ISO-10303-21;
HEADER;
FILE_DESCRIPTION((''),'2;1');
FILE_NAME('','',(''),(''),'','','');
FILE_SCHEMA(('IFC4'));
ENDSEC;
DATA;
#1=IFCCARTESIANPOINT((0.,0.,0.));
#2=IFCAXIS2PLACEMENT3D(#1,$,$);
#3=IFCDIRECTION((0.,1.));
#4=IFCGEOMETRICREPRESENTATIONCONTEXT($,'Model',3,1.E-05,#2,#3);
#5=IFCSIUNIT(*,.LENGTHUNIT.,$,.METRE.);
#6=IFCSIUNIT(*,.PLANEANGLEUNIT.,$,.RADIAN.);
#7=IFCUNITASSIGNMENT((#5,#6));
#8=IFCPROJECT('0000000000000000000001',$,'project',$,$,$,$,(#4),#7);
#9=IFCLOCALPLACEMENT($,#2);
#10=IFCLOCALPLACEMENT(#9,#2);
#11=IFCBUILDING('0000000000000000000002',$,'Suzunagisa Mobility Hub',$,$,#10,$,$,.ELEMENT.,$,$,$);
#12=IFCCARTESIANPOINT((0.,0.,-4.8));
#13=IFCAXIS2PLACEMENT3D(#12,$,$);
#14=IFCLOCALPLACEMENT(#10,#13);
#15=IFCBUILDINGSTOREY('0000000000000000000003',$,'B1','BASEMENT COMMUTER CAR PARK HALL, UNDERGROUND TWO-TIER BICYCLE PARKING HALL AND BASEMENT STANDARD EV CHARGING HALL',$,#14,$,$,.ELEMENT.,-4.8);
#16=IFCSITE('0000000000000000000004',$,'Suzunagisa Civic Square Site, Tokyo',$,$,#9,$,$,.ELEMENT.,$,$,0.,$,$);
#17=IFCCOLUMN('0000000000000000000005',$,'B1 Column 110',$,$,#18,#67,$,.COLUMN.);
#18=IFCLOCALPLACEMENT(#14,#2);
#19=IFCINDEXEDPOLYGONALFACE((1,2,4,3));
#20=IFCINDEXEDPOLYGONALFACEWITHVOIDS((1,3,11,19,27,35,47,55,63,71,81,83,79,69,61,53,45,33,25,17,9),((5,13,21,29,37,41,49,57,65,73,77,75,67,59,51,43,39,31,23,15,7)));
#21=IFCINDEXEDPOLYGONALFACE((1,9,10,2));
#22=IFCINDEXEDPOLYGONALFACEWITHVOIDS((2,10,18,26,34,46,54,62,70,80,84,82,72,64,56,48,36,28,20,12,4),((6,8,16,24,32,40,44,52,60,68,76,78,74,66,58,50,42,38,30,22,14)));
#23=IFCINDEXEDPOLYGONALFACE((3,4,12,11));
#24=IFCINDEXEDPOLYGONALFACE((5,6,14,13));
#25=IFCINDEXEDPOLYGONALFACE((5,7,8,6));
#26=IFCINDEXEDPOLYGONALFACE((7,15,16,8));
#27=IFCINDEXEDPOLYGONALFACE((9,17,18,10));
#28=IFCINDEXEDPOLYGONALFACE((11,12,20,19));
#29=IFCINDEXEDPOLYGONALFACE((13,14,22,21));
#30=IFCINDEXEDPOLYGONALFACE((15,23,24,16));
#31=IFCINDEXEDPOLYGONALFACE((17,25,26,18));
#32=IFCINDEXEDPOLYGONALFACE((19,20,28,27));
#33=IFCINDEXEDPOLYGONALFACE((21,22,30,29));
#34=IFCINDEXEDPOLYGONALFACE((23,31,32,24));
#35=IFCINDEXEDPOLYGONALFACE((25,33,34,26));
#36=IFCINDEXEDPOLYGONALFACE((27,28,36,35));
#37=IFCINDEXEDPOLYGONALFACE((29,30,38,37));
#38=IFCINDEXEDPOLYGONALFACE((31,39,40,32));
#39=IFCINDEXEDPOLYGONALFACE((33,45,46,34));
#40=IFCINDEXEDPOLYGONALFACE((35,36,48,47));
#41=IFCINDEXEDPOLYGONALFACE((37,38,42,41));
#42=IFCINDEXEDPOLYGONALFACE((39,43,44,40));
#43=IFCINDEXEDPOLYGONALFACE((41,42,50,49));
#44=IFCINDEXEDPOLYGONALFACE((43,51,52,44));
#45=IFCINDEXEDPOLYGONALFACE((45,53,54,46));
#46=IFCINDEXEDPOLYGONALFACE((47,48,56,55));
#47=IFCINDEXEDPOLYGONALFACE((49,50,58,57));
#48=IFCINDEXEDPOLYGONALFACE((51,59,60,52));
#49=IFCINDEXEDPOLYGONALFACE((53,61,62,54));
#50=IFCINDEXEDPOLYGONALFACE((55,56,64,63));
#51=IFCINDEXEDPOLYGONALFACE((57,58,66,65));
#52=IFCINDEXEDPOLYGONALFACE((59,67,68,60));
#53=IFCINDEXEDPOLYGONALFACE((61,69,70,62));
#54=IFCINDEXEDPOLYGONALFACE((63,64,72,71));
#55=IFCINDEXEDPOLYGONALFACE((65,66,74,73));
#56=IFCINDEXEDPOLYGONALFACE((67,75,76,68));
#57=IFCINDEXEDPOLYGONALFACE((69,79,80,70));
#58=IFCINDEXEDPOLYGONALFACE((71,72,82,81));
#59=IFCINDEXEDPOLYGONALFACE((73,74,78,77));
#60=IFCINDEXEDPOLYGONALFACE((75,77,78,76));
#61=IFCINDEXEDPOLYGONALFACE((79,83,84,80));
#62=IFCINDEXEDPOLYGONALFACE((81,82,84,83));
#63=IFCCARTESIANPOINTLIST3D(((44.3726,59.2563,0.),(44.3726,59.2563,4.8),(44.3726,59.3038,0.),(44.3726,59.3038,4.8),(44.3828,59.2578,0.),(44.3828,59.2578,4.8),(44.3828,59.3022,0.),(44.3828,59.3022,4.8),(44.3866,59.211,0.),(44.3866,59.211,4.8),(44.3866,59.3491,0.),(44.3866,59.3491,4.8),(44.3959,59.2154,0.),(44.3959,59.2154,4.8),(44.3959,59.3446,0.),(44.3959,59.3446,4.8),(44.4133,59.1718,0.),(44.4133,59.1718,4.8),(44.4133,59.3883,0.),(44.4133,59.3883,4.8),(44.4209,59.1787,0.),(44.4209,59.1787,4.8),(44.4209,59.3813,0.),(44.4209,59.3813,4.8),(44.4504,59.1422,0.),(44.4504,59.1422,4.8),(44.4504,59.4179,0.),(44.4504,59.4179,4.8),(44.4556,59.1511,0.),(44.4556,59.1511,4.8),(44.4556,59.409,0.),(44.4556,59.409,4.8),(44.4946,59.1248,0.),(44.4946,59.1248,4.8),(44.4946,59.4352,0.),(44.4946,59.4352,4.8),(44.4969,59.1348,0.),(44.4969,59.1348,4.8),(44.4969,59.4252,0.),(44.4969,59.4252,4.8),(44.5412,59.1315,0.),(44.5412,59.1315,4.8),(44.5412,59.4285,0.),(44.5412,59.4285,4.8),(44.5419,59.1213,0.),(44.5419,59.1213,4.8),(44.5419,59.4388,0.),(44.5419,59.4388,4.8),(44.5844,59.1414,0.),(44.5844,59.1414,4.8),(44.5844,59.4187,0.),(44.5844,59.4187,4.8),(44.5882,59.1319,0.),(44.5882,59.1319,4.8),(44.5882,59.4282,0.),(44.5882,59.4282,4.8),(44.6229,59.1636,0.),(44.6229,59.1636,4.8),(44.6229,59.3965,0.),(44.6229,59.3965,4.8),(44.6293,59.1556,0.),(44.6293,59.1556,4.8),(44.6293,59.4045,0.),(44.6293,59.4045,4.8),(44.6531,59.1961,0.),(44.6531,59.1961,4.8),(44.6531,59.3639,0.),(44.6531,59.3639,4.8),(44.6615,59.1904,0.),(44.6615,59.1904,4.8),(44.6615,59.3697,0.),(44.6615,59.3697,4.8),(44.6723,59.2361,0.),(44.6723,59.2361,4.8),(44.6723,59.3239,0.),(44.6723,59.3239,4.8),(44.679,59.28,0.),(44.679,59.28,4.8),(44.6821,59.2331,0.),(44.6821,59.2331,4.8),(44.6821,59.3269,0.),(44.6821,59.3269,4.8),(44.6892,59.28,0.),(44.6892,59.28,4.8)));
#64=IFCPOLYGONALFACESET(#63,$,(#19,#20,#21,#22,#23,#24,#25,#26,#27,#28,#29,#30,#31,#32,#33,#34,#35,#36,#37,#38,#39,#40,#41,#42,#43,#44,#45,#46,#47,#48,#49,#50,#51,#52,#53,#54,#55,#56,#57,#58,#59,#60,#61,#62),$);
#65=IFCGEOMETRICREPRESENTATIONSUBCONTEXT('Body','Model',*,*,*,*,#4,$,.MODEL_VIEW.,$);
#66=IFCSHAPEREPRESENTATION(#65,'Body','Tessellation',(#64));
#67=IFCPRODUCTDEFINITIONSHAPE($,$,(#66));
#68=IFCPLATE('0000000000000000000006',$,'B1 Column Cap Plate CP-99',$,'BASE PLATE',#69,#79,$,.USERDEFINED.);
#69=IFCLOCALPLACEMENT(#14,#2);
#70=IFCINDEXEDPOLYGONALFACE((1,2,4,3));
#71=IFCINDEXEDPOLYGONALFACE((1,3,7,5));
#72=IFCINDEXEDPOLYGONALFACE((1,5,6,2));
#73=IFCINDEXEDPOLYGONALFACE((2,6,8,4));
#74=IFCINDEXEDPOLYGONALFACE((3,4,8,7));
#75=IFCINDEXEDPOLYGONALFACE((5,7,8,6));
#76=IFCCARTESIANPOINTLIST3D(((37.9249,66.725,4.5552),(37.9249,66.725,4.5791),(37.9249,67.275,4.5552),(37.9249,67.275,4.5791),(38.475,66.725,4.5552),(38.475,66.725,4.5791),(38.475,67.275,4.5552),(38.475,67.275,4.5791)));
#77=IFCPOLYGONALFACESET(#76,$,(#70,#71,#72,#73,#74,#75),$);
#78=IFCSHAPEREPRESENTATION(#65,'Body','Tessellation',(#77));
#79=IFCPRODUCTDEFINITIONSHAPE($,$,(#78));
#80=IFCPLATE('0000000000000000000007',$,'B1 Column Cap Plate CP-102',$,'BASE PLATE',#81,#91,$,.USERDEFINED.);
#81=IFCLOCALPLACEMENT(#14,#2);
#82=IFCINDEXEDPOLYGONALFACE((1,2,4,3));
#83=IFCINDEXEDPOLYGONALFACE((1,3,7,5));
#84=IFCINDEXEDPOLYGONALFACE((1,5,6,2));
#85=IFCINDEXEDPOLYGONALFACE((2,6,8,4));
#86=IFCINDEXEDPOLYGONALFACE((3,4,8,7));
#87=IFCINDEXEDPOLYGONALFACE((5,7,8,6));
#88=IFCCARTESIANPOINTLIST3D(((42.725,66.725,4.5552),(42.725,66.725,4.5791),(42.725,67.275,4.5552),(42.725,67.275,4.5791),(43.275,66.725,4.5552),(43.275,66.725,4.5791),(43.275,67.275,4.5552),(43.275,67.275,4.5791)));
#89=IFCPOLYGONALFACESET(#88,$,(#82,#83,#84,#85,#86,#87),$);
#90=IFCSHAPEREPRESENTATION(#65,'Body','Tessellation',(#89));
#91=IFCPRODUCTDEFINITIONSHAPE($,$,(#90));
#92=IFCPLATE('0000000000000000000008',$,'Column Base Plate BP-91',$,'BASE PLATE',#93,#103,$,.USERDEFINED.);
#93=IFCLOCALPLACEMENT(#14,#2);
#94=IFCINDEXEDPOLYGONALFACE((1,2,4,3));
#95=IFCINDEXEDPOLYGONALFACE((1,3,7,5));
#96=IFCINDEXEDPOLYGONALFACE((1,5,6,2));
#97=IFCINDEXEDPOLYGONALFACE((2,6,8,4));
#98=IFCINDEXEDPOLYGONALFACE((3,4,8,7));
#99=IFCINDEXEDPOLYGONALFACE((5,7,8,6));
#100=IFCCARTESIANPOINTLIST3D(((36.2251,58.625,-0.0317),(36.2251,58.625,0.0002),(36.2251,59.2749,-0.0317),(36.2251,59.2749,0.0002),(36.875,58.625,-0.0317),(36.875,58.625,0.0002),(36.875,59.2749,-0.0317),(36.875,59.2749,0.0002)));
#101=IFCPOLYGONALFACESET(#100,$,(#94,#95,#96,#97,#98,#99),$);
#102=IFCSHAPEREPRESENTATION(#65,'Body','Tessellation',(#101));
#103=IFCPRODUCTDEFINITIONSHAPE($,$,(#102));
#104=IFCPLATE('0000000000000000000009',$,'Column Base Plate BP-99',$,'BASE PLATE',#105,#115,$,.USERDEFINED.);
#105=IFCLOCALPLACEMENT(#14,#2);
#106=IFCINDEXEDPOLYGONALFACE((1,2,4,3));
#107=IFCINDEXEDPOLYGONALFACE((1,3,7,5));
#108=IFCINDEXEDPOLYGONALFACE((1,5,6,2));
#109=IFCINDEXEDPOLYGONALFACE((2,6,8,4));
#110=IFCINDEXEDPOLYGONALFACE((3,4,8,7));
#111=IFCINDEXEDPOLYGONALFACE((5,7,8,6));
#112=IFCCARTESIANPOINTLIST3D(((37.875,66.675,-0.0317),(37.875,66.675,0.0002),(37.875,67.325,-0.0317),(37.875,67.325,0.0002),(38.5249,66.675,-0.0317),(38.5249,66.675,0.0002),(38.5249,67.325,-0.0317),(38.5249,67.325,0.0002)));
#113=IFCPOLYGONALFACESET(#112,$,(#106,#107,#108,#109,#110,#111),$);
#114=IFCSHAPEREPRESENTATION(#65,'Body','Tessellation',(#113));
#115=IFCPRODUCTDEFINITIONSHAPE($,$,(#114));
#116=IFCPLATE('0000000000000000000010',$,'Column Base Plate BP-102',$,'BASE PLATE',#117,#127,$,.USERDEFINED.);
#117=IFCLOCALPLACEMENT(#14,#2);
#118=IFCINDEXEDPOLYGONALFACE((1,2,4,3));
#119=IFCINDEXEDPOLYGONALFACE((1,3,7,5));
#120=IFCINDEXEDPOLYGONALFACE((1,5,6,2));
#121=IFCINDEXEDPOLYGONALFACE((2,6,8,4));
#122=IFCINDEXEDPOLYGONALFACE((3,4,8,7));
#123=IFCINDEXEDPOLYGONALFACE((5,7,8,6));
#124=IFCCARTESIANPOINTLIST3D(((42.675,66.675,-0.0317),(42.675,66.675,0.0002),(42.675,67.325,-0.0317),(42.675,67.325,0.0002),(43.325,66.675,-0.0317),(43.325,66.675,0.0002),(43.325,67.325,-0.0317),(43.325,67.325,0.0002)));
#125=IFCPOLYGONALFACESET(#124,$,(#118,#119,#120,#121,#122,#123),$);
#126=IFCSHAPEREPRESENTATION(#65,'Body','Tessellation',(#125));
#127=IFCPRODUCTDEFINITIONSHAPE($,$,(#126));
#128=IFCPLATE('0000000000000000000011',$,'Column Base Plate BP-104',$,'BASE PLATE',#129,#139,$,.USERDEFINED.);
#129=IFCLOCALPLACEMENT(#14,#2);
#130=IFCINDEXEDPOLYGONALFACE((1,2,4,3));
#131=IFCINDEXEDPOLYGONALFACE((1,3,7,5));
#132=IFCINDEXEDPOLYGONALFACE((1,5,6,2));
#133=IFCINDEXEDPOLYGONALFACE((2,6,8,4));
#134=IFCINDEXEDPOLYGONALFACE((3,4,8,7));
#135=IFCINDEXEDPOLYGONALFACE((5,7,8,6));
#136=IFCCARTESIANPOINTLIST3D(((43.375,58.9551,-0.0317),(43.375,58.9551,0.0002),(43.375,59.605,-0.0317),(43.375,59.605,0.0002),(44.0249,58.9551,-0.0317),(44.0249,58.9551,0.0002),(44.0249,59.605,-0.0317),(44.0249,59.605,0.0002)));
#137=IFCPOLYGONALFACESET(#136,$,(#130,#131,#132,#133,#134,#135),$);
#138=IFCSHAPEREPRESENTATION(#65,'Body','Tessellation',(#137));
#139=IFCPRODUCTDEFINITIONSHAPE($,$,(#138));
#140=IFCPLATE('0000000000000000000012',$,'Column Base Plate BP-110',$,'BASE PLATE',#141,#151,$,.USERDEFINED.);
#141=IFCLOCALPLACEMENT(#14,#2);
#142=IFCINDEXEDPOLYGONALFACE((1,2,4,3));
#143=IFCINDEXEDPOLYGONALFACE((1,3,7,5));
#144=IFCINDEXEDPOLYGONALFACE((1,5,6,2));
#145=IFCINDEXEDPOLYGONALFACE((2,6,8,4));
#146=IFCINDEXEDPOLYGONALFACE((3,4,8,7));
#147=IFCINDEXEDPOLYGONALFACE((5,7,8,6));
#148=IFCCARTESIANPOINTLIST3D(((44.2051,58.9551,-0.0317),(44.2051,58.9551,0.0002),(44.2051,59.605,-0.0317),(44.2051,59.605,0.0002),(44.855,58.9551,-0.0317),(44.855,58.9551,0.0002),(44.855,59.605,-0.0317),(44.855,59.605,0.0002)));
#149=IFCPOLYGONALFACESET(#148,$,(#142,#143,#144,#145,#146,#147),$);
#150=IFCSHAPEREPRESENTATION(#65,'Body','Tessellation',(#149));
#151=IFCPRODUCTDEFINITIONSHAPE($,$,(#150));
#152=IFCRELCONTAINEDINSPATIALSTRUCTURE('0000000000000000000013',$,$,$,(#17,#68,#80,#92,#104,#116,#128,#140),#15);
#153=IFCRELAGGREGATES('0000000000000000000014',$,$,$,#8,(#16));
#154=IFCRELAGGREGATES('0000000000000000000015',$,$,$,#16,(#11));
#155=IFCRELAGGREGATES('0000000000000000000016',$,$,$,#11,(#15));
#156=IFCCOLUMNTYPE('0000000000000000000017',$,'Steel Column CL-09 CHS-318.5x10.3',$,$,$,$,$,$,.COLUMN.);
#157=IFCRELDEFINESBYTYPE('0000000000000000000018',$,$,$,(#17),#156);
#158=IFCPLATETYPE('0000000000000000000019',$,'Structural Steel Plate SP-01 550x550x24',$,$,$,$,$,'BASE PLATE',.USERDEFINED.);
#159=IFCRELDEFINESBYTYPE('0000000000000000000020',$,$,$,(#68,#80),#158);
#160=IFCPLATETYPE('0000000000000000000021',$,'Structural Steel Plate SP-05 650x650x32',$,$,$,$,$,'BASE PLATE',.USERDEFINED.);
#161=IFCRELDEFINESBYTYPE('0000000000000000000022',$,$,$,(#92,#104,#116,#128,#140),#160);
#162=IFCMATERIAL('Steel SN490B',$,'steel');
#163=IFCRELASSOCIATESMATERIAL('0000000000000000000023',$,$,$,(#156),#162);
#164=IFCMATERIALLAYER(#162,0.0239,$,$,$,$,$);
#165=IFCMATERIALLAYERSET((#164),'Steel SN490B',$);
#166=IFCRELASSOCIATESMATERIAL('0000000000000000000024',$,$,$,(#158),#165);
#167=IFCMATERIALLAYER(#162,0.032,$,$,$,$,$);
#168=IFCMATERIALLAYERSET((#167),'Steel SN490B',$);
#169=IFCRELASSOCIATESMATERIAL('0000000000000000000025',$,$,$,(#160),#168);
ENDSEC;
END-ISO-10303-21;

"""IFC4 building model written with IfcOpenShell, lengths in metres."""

from ifc_helpers import new_model, si_unit, direction, frame, origin, origin_2d, place, context, subcontext, project, spatial, rectangle, hollow_circle, extrude, material, layer, layer_set, material_profile, profile_set, type_object, element, save


model = new_model("IFC4")

# Units and contexts
model_context = context("Model", 3, precision=1e-05, world=origin(), true_north=direction((0.0, 1.0)))
body_context = subcontext(model_context, "Body", "Model", "MODEL_VIEW")
ifc_project = project(units=[si_unit("LENGTHUNIT", "METRE"), si_unit("PLANEANGLEUNIT", "RADIAN")], contexts=[model_context])

# Site, building, storey
site_placement = place(None, origin())
site = spatial("IfcSite", under=ifc_project, at=site_placement, Name="Suzunagisa Civic Square Site, Tokyo", CompositionType="ELEMENT", RefElevation=0.0)
building_placement = place(site_placement, origin())
building = spatial("IfcBuilding", under=site, at=building_placement, Name="Suzunagisa Mobility Hub", CompositionType="ELEMENT")
storey_placement = place(building_placement, frame((0.0, 0.0, -4.8)))
storey = spatial("IfcBuildingStorey", under=building, at=storey_placement, Name="B1", Description="BASEMENT COMMUTER CAR PARK HALL, UNDERGROUND TWO-TIER BICYCLE PARKING HALL AND BASEMENT STANDARD EV CHARGING HALL", CompositionType="ELEMENT", Elevation=-4.8)

# Column
ifc_material_1 = material(Name="Steel SN490B", Category="steel")
ifc_material_profile_1 = material_profile(ifc_material_1, hollow_circle(Radius=0.1592, WallThickness=0.0103, at=origin_2d()), Name="CHS-318.5x10.3")
ifc_profile_set_1 = profile_set([ifc_material_profile_1], Name="Steel SN490B")
column_type = type_object("IfcColumnType", Name="Steel Column CL-09 CHS-318.5x10.3", PredefinedType="COLUMN", material=ifc_profile_set_1)
for number, where, z_axis, x_axis, name in (
    (1, (44.53, 59.28, 0.0), (0.0, 0.0, 1.0), (1.0, 0.0, 0.0), "B1 Column 110"),
):
    element("IfcColumn", number, at=place(storey_placement, frame(where, z_axis=z_axis, x_axis=x_axis)), inside=storey, type_object=column_type, Name=name, PredefinedType="COLUMN", context=body_context, shape_type="SweptSolid", body=[
        extrude(hollow_circle(Radius=0.1592, WallThickness=0.0103, at=origin_2d()), origin(), (0.0, 0.0, 1.0), 4.8),
    ])

# Plates
ifc_layer_1 = layer(ifc_material_1, 0.0239)
ifc_layer_set_1 = layer_set([ifc_layer_1], Name="Steel SN490B")
plate_type_1 = type_object("IfcPlateType", Name="Structural Steel Plate SP-01 550x550x24", ElementType="BASE PLATE", PredefinedType="USERDEFINED", material=ifc_layer_set_1)
for number, where, z_axis, x_axis, name in (
    (2, (38.2, 67.0, 4.5552), (0.0, 0.0, 1.0), (1.0, 0.0, 0.0), "B1 Column Cap Plate CP-99"),
    (3, (43.0, 67.0, 4.5552), (0.0, 0.0, 1.0), (1.0, 0.0, 0.0), "B1 Column Cap Plate CP-102"),
):
    element("IfcPlate", number, at=place(storey_placement, frame(where, z_axis=z_axis, x_axis=x_axis)), inside=storey, type_object=plate_type_1, Name=name, ObjectType="BASE PLATE", PredefinedType="USERDEFINED", context=body_context, shape_type="SweptSolid", body=[
        extrude(rectangle(XDim=0.55, YDim=0.55, at=origin_2d()), origin(), (0.0, 0.0, 1.0), 0.0239),
    ])
ifc_layer_2 = layer(ifc_material_1, 0.032)
ifc_layer_set_2 = layer_set([ifc_layer_2], Name="Steel SN490B")
plate_type_2 = type_object("IfcPlateType", Name="Structural Steel Plate SP-05 650x650x32", ElementType="BASE PLATE", PredefinedType="USERDEFINED", material=ifc_layer_set_2)
for number, where, z_axis, x_axis, name in (
    (4, (36.55, 58.95, -0.0317), (0.0, 0.0, 1.0), (1.0, 0.0, 0.0), "Column Base Plate BP-91"),
    (5, (38.2, 67.0, -0.0317), (0.0, 0.0, 1.0), (1.0, 0.0, 0.0), "Column Base Plate BP-99"),
    (6, (43.0, 67.0, -0.0317), (0.0, 0.0, 1.0), (1.0, 0.0, 0.0), "Column Base Plate BP-102"),
    (7, (43.7, 59.28, -0.0317), (0.0, 0.0, 1.0), (1.0, 0.0, 0.0), "Column Base Plate BP-104"),
    (8, (44.53, 59.28, -0.0317), (0.0, 0.0, 1.0), (1.0, 0.0, 0.0), "Column Base Plate BP-110"),
):
    element("IfcPlate", number, at=place(storey_placement, frame(where, z_axis=z_axis, x_axis=x_axis)), inside=storey, type_object=plate_type_2, Name=name, ObjectType="BASE PLATE", PredefinedType="USERDEFINED", context=body_context, shape_type="SweptSolid", body=[
        extrude(rectangle(XDim=0.6499, YDim=0.6499, at=origin_2d()), origin(), (0.0, 0.0, 1.0), 0.032),
    ])

save(model, "model.ifc")
